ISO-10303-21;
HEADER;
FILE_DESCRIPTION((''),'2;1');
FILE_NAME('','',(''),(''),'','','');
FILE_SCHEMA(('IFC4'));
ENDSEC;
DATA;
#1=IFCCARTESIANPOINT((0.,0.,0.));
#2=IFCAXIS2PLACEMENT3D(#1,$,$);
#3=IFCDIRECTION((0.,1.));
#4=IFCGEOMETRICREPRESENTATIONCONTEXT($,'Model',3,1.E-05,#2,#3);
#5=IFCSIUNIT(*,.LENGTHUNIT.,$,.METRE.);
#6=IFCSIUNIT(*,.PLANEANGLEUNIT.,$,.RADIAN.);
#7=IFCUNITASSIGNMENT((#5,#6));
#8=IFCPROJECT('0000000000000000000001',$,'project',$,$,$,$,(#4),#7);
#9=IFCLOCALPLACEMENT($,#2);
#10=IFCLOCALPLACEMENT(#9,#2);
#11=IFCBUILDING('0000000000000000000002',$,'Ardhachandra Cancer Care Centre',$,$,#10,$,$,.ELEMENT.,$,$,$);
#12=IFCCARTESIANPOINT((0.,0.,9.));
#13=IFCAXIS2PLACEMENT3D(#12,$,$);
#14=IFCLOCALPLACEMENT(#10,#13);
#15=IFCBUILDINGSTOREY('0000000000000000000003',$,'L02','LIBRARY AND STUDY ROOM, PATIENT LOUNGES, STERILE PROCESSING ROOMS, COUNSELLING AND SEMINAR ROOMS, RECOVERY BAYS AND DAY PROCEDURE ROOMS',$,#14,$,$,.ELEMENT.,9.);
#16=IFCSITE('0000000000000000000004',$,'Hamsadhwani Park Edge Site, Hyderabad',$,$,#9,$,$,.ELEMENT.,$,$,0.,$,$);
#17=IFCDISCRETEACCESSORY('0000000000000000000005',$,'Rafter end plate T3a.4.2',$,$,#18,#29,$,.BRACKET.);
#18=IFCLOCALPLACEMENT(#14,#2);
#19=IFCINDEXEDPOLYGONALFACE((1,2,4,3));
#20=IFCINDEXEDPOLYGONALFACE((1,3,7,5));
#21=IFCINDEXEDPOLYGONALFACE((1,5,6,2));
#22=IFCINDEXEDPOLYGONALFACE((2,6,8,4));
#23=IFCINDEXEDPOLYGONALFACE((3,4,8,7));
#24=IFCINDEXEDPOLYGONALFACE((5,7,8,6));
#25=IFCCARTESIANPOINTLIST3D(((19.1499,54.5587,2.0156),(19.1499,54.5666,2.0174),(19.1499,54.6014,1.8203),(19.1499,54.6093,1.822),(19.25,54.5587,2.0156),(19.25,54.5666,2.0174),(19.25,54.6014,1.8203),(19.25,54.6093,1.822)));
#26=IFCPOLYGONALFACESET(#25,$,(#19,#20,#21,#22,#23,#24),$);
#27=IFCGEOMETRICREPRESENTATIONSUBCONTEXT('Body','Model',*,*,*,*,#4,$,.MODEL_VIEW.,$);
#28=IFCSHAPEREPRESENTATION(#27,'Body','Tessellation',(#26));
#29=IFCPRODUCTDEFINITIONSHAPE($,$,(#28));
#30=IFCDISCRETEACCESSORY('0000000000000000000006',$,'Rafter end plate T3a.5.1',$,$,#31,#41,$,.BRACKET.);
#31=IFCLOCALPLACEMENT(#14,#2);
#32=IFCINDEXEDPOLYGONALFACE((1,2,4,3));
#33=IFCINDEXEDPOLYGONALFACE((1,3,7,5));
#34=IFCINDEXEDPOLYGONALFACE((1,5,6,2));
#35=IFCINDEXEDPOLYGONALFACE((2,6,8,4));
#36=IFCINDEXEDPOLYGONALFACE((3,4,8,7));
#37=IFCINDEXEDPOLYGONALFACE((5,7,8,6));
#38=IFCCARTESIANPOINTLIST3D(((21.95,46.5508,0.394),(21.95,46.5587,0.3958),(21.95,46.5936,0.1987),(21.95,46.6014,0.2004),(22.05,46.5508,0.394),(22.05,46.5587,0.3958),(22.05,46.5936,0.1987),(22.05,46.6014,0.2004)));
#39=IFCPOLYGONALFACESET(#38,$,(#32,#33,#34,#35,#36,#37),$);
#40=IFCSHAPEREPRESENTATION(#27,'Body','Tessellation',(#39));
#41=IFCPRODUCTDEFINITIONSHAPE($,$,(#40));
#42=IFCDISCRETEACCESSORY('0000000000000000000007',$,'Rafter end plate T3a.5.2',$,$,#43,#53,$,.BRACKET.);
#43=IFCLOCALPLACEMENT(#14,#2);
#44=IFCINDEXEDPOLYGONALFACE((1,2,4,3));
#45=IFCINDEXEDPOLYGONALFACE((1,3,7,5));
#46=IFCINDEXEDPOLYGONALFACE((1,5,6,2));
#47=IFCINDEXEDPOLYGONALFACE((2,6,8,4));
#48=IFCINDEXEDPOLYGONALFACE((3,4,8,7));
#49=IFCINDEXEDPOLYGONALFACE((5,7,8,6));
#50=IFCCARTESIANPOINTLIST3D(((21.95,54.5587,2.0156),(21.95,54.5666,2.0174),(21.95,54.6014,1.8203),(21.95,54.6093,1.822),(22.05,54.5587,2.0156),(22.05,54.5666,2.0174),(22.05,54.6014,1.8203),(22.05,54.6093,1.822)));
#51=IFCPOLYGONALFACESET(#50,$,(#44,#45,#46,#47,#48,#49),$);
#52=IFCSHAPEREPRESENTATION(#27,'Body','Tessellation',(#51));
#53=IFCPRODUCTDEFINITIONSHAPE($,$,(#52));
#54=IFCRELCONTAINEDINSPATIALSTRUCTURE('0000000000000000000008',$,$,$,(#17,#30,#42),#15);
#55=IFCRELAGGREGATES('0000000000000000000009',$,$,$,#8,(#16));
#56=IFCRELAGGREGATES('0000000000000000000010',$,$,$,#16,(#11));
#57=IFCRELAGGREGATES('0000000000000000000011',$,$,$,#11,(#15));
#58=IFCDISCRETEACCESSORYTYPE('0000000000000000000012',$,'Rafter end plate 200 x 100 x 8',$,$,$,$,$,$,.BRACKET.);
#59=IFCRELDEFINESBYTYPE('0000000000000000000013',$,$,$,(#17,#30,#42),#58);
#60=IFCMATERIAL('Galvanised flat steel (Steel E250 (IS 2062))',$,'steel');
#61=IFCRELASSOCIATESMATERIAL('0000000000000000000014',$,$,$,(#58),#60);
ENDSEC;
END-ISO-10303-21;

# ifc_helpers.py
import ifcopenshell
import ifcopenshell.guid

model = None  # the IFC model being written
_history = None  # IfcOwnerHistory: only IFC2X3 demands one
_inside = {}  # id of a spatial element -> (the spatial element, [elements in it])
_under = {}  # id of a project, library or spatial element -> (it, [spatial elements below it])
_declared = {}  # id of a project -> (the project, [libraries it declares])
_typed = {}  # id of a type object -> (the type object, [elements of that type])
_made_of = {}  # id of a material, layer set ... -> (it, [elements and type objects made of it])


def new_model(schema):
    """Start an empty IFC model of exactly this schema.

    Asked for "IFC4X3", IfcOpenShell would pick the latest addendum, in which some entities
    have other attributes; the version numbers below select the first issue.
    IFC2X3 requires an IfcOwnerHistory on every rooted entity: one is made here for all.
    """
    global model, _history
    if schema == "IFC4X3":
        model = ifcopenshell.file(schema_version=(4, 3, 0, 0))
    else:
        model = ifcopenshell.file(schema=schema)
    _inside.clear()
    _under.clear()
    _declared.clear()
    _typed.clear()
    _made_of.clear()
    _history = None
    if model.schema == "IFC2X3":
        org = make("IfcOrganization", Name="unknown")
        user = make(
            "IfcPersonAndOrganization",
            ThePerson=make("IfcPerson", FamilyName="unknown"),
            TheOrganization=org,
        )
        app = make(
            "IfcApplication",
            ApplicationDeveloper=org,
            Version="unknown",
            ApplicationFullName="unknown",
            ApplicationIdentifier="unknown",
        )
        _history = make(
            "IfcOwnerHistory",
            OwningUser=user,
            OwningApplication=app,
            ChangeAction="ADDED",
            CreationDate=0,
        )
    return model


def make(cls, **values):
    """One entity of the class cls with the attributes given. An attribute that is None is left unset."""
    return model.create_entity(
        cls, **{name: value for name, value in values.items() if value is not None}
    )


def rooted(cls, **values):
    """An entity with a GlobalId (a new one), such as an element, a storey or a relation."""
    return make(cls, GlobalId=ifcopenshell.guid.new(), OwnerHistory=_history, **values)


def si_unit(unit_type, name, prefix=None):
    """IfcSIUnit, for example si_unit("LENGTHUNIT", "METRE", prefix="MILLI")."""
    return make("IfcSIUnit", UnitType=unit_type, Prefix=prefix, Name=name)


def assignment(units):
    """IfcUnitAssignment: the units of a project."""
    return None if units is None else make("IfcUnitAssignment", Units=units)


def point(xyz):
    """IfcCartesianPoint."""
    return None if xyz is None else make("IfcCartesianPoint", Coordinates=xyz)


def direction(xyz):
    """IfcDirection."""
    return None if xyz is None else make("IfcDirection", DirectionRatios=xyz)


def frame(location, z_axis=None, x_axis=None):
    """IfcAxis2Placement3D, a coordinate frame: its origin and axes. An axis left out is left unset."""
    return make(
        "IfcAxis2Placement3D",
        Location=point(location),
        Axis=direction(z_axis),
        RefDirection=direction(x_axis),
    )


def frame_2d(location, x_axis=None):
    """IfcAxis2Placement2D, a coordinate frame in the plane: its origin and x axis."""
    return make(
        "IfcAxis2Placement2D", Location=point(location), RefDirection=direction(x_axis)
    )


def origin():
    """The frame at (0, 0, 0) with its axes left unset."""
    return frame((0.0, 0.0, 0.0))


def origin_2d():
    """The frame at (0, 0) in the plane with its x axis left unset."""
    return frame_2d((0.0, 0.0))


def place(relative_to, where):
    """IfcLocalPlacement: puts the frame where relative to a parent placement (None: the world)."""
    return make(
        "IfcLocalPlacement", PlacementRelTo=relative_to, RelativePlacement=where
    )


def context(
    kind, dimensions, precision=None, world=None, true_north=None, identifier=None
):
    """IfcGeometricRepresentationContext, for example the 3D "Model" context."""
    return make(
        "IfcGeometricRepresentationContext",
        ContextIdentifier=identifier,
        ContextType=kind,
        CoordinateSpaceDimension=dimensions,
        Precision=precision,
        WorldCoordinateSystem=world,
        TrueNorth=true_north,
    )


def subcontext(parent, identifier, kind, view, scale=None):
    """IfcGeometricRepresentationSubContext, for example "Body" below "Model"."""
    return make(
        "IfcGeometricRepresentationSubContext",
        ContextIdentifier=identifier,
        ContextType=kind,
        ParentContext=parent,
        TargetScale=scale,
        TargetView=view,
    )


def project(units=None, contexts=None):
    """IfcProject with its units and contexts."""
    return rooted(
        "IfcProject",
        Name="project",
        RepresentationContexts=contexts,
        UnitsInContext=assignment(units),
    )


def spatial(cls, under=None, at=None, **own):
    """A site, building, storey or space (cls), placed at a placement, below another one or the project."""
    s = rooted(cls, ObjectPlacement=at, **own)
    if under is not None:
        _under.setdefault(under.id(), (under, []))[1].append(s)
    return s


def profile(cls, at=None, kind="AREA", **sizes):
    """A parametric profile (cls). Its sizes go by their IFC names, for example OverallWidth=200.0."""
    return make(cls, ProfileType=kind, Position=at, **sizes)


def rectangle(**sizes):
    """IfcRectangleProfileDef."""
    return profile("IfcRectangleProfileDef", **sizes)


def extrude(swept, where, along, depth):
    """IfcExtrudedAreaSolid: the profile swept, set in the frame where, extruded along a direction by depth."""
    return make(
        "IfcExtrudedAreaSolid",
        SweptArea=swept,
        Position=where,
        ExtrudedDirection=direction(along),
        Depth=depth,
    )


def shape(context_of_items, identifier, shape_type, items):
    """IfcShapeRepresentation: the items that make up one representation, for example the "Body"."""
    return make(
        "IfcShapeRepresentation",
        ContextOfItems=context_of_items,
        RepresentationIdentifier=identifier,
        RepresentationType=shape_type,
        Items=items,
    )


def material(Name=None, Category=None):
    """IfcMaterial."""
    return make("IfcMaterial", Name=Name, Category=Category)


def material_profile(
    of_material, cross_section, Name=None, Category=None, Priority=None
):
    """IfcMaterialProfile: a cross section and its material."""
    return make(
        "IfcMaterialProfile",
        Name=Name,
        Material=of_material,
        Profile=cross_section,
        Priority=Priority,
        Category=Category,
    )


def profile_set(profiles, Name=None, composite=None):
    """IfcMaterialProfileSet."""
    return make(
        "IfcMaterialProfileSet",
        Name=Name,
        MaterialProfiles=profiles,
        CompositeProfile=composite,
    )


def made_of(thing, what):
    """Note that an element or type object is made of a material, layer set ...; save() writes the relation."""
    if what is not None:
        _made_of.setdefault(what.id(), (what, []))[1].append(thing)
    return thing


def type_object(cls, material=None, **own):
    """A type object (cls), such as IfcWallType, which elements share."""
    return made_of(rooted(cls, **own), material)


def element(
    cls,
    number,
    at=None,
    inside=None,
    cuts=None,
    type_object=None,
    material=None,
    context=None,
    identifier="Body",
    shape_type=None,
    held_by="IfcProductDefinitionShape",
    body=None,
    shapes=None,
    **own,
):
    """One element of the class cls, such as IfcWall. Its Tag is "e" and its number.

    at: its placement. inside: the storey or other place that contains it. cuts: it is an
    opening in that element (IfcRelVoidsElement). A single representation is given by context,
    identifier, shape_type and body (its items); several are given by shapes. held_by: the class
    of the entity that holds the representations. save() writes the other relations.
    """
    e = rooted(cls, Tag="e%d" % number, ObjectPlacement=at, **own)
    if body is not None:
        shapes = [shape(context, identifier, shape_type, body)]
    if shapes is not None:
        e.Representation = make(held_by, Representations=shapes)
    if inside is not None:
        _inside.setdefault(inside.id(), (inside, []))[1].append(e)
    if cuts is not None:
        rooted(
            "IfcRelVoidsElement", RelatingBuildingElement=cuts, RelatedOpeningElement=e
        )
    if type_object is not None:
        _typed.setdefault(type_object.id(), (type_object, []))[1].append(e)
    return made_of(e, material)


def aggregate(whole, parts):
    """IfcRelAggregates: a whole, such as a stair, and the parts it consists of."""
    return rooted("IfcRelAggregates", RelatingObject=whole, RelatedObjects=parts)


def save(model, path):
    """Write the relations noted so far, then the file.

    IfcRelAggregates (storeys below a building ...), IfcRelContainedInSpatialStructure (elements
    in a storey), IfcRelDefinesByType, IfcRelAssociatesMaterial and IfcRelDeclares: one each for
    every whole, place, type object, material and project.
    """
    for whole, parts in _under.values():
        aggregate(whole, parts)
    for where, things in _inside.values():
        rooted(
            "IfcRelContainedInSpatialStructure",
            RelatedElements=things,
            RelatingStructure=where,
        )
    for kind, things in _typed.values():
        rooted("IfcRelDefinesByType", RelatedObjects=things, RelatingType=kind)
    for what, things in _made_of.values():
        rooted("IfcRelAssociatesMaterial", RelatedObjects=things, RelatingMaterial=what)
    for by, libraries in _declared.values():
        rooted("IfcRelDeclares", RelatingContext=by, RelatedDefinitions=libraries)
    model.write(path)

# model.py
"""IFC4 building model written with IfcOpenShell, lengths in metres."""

from ifc_helpers import new_model, si_unit, direction, frame, origin, origin_2d, place, context, subcontext, project, spatial, rectangle, extrude, material, material_profile, profile_set, type_object, element, save


model = new_model("IFC4")

# Units and contexts
model_context = context("Model", 3, precision=1e-05, world=origin(), true_north=direction((0.0, 1.0)))
body_context = subcontext(model_context, "Body", "Model", "MODEL_VIEW")
ifc_project = project(units=[si_unit("LENGTHUNIT", "METRE"), si_unit("PLANEANGLEUNIT", "RADIAN")], contexts=[model_context])

# Site, building, storey
site_placement = place(None, origin())
site = spatial("IfcSite", under=ifc_project, at=site_placement, Name="Hamsadhwani Park Edge Site, Hyderabad", CompositionType="ELEMENT", RefElevation=0.0)
building_placement = place(site_placement, origin())
building = spatial("IfcBuilding", under=site, at=building_placement, Name="Ardhachandra Cancer Care Centre", CompositionType="ELEMENT")
storey_placement = place(building_placement, frame((0.0, 0.0, 9.0)))
storey = spatial("IfcBuildingStorey", under=building, at=storey_placement, Name="L02", Description="LIBRARY AND STUDY ROOM, PATIENT LOUNGES, STERILE PROCESSING ROOMS, COUNSELLING AND SEMINAR ROOMS, RECOVERY BAYS AND DAY PROCEDURE ROOMS", CompositionType="ELEMENT", Elevation=9.0)

# Discrete accessories
ifc_material_1 = material(Name="Galvanised flat steel (Steel E250 (IS 2062))", Category="steel")
ifc_material_profile_1 = material_profile(ifc_material_1, rectangle(XDim=0.1001, YDim=0.2, at=origin_2d()), Name="Rafter end plate 200 x 100 x 8")
ifc_profile_set_1 = profile_set([ifc_material_profile_1], Name="Galvanised flat steel (Steel E250 (IS 2062))")
discrete_accessory_type = type_object("IfcDiscreteAccessoryType", Name="Rafter end plate 200 x 100 x 8", PredefinedType="BRACKET", material=ifc_profile_set_1)
for number, where, z_axis, x_axis, name in (
    (1, (19.2, 54.5801, 1.918), (0.0, 0.9769, 0.213697), (-1.0, 0.0, 0.0), "Rafter end plate T3a.4.2"),
    (2, (22.0, 46.5801, 0.2981), (0.0, -0.9769, -0.213697), (1.0, 0.0, 0.0), "Rafter end plate T3a.5.1"),
    (3, (22.0, 54.5801, 1.918), (0.0, 0.9769, 0.213697), (-1.0, 0.0, 0.0), "Rafter end plate T3a.5.2"),
):
    element("IfcDiscreteAccessory", number, at=place(storey_placement, frame(where, z_axis=z_axis, x_axis=x_axis)), inside=storey, type_object=discrete_accessory_type, Name=name, PredefinedType="BRACKET", context=body_context, shape_type="SweptSolid", body=[
        extrude(rectangle(XDim=0.1001, YDim=0.2, at=origin_2d()), origin(), (0.0, 0.0, 1.0), 0.0081),
    ])

save(model, "model.ifc")
